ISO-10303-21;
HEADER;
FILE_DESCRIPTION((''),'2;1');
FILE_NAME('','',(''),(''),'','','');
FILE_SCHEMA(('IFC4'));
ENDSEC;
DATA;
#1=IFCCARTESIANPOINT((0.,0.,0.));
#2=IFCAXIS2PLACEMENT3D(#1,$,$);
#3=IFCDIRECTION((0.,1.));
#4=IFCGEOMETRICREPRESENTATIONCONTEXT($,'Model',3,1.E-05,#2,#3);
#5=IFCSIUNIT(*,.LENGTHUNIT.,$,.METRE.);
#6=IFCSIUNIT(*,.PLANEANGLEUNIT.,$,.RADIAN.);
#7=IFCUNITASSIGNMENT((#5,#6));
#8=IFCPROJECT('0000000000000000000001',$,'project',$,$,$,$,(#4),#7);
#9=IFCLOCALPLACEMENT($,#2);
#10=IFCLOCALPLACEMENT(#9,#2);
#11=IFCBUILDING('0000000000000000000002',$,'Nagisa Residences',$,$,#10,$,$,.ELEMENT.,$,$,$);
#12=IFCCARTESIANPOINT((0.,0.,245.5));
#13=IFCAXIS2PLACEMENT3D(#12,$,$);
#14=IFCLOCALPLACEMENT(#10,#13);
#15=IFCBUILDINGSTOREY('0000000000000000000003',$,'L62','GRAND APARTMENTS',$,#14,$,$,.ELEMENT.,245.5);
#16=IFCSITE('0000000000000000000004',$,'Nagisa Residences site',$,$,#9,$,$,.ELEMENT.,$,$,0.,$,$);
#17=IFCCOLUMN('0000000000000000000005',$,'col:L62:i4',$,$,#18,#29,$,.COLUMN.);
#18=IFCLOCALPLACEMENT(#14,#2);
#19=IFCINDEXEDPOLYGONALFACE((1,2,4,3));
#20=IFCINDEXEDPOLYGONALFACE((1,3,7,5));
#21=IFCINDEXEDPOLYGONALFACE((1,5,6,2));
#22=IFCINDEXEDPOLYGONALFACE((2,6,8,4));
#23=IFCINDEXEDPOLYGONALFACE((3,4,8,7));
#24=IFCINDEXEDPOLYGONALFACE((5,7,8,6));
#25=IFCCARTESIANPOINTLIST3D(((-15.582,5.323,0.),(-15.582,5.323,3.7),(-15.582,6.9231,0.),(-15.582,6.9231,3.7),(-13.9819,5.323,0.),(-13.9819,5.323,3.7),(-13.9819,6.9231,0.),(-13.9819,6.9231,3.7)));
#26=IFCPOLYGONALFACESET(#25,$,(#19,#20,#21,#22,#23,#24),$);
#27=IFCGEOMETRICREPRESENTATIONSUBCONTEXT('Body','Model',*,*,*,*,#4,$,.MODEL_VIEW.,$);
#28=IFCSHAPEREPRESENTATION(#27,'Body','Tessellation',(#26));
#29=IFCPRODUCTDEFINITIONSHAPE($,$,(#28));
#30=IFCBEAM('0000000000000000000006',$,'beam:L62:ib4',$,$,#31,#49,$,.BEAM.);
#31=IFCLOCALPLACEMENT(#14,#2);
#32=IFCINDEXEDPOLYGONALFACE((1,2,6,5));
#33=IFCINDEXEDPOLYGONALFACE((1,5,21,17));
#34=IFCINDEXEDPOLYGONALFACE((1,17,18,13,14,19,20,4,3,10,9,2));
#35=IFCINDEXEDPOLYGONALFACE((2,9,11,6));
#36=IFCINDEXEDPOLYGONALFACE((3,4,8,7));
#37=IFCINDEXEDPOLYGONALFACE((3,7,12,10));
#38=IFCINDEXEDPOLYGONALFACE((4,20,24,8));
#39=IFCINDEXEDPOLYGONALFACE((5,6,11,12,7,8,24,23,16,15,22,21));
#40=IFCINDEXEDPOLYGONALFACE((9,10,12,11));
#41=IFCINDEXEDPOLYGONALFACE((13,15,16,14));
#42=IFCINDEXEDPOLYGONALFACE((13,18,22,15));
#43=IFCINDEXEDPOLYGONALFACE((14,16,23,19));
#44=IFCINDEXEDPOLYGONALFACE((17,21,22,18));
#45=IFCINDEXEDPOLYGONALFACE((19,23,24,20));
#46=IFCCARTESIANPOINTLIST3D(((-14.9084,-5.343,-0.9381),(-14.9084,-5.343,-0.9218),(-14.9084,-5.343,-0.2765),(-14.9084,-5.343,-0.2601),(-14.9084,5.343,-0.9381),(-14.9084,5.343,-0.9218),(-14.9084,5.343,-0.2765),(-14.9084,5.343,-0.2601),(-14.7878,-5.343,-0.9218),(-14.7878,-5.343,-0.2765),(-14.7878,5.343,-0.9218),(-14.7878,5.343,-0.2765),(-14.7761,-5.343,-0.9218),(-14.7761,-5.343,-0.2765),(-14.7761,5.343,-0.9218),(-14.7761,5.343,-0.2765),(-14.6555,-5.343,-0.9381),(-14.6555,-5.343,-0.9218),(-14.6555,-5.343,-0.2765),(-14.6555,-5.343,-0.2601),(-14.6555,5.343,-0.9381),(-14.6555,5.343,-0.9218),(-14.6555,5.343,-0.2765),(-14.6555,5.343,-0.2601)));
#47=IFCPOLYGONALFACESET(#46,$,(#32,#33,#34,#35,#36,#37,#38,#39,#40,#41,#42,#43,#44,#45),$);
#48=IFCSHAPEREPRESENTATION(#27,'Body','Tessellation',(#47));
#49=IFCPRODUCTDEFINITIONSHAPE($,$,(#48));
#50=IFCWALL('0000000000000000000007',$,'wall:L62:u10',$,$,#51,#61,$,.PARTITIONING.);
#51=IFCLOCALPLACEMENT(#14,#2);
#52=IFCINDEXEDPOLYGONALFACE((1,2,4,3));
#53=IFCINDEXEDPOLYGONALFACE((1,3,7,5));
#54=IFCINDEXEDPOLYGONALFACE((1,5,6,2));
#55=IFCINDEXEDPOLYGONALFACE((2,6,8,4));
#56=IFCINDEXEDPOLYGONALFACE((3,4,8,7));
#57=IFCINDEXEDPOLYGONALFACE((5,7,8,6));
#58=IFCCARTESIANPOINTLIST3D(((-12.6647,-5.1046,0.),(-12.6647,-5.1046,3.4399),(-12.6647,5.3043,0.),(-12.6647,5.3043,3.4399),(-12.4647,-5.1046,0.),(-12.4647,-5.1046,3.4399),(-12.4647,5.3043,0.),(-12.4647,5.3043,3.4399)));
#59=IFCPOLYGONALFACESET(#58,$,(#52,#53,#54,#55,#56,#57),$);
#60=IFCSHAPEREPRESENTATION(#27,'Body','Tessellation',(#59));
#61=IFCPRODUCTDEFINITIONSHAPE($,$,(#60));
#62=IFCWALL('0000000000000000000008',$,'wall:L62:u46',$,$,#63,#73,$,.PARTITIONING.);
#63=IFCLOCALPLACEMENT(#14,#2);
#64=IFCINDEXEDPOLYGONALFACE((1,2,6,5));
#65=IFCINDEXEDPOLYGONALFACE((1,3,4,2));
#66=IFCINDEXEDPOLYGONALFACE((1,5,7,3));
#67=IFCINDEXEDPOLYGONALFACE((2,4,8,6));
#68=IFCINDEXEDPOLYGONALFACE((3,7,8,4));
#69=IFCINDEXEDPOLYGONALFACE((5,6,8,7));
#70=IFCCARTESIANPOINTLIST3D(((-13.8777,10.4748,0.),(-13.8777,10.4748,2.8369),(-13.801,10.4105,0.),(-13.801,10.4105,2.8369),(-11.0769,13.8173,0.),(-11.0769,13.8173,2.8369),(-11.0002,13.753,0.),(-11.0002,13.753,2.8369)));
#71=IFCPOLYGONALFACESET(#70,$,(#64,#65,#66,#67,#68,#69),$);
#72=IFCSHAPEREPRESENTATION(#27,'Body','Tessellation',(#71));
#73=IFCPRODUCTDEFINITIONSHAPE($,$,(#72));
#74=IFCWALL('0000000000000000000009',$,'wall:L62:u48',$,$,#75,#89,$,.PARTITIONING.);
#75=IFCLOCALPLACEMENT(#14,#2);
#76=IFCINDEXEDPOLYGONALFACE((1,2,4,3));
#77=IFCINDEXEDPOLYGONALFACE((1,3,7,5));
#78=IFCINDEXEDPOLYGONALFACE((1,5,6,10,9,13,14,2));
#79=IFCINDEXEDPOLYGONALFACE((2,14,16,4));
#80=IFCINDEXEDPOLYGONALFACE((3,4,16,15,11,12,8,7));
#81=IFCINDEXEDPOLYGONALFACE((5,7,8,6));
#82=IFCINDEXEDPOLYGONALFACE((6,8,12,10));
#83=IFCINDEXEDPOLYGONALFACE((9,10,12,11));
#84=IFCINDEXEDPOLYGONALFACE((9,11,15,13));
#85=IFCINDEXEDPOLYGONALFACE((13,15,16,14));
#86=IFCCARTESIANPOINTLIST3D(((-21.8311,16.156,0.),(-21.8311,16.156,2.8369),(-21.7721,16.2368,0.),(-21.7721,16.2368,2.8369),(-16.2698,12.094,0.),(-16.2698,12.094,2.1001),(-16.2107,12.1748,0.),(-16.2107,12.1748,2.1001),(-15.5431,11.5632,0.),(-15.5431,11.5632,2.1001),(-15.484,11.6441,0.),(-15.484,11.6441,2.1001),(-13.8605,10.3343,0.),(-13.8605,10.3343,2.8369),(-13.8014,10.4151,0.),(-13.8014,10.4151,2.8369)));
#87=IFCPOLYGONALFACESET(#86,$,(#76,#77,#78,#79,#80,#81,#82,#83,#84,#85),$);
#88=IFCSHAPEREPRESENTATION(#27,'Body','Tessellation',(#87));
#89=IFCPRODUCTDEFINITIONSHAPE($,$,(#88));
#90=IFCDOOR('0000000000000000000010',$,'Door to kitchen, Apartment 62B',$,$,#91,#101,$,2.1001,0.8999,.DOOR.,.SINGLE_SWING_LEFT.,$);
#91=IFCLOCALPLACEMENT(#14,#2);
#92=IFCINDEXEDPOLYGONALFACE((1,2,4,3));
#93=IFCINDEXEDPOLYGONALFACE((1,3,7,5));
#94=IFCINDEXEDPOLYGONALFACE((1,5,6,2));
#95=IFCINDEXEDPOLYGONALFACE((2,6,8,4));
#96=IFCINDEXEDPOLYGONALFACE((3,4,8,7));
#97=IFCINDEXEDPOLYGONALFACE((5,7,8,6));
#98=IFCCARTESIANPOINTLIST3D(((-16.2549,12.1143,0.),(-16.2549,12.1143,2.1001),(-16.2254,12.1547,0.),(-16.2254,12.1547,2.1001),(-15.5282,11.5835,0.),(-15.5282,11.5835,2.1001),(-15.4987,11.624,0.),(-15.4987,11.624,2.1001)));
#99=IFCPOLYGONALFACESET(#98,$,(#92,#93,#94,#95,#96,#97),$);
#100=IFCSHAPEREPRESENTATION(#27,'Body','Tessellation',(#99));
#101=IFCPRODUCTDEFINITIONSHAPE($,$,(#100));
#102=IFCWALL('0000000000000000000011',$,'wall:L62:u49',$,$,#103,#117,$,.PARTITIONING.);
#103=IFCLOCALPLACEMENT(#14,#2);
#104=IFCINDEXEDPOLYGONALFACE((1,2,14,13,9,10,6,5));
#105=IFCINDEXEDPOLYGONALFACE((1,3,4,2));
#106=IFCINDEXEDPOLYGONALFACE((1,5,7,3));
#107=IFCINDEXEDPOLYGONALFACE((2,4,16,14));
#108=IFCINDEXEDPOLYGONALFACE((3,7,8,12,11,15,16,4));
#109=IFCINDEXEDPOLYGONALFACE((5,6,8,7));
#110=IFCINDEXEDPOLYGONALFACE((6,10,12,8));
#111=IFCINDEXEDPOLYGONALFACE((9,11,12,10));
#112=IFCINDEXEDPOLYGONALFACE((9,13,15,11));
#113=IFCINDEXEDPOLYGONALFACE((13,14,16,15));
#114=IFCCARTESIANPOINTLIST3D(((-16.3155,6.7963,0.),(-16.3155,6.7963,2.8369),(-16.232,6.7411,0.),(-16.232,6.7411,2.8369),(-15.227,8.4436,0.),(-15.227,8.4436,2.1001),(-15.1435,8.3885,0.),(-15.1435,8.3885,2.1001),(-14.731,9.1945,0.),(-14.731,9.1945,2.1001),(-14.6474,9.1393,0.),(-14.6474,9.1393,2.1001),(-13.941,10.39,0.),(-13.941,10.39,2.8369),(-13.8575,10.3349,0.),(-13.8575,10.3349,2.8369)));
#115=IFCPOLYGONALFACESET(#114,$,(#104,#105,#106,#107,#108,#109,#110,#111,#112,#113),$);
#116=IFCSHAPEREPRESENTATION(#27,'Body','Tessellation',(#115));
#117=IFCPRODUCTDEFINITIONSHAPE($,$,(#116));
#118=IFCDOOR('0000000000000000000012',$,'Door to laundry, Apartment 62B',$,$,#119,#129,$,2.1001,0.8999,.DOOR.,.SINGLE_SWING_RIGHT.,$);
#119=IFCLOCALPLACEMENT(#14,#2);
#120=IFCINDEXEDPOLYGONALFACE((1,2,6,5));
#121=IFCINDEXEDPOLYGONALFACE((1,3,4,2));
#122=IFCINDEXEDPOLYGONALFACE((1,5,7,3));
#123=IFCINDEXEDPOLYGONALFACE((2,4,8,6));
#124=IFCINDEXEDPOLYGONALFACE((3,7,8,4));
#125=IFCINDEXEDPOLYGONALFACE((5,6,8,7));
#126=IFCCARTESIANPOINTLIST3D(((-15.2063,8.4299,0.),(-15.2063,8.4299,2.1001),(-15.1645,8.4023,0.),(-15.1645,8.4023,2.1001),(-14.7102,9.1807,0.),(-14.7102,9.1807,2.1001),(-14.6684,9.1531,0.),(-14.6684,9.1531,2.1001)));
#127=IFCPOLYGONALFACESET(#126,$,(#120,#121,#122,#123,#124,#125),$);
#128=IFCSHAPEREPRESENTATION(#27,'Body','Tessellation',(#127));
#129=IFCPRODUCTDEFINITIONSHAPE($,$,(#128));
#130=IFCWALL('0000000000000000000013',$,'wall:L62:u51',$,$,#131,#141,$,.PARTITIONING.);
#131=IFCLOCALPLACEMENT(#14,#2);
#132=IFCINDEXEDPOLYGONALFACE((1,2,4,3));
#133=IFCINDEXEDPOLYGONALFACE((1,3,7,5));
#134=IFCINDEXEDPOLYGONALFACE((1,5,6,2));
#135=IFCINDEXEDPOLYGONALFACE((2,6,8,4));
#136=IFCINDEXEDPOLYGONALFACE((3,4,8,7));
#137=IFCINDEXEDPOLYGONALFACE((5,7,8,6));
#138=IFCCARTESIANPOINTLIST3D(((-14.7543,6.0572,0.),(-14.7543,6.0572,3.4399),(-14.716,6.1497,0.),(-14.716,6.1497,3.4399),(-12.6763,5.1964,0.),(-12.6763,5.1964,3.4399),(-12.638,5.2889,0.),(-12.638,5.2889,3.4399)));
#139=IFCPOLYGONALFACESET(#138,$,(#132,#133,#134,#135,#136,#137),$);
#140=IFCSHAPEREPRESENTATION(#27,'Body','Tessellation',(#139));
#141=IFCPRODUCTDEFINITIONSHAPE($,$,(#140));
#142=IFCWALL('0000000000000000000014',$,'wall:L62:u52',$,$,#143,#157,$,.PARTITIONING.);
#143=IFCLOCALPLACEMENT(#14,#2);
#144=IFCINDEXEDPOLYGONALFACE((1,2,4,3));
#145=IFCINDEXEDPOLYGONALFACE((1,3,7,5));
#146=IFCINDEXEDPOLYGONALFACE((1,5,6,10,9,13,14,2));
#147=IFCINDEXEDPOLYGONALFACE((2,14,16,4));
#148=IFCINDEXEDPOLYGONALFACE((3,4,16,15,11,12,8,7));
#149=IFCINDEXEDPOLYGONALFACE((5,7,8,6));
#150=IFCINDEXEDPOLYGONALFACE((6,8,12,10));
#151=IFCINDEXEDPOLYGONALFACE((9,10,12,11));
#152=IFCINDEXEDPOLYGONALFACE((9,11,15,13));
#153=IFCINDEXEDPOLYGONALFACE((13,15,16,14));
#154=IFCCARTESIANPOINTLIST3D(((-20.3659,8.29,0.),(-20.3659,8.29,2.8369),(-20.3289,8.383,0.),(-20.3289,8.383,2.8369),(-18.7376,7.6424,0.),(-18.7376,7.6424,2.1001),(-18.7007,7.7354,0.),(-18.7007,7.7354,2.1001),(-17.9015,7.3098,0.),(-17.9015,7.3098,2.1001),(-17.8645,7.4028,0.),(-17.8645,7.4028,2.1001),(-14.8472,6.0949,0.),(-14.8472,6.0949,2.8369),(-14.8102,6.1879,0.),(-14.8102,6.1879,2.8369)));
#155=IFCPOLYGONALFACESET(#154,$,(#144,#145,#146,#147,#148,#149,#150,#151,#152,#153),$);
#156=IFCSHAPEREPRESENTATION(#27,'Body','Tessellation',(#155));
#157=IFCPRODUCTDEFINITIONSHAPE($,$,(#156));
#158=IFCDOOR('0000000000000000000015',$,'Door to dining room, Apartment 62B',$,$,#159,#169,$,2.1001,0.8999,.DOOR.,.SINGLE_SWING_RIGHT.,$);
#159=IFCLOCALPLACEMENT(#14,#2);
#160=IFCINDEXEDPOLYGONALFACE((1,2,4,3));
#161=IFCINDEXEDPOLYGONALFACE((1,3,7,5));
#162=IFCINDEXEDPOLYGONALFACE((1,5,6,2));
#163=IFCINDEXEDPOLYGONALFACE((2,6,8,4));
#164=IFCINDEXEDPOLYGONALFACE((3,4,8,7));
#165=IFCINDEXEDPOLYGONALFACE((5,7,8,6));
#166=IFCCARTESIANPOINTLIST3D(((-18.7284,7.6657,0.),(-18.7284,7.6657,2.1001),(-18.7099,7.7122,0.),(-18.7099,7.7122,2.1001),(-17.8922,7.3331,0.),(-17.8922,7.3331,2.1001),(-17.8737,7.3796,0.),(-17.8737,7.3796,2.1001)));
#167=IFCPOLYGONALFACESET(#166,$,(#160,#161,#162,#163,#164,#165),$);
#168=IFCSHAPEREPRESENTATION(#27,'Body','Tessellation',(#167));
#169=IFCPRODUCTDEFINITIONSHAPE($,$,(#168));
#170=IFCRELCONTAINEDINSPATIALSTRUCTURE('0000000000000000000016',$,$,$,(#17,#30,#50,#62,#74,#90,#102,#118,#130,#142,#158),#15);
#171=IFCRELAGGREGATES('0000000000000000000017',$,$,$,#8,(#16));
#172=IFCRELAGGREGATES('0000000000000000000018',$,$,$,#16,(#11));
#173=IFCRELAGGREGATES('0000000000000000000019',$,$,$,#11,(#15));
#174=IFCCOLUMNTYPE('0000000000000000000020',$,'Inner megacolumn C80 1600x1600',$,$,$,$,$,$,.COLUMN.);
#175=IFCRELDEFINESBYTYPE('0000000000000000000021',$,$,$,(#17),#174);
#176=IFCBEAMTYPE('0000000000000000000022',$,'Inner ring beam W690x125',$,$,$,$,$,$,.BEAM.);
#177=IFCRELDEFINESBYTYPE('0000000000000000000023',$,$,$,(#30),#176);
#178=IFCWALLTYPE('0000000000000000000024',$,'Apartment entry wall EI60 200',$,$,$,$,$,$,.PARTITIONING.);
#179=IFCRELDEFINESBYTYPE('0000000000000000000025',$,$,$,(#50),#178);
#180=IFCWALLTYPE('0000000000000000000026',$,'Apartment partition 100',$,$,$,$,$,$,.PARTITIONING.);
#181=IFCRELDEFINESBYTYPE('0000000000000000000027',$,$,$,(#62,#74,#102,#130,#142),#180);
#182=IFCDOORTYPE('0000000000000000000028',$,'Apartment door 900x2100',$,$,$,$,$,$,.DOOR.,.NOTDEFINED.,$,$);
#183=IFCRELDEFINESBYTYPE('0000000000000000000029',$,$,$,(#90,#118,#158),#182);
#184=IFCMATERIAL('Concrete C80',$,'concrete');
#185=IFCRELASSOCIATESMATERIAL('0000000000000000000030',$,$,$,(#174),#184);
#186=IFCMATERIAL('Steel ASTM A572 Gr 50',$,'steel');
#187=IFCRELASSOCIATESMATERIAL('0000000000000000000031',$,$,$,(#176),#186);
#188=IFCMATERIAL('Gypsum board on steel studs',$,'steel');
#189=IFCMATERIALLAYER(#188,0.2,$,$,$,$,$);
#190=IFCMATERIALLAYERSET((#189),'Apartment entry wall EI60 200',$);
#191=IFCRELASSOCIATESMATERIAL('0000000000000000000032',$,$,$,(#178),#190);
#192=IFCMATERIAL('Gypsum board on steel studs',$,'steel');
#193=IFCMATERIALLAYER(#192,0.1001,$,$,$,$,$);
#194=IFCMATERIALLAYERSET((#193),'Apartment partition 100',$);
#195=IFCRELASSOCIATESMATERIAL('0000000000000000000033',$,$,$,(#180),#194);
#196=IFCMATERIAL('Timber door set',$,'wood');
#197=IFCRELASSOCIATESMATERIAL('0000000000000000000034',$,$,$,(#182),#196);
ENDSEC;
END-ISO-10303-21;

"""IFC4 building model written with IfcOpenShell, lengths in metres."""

from ifc_helpers import new_model, si_unit, direction, frame, frame_2d, origin, origin_2d, place, context, subcontext, project, spatial, rectangle, i_section, extrude, material, layer, layer_set, material_profile, profile_set, type_object, element, fill, save


model = new_model("IFC4")

# Units and contexts
model_context = context("Model", 3, precision=1e-05, world=origin(), true_north=direction((0.0, 1.0)))
body_context = subcontext(model_context, "Body", "Model", "MODEL_VIEW")
ifc_project = project(units=[si_unit("LENGTHUNIT", "METRE"), si_unit("PLANEANGLEUNIT", "RADIAN")], contexts=[model_context])

# Site, building, storey
site_placement = place(None, origin())
site = spatial("IfcSite", under=ifc_project, at=site_placement, Name="Nagisa Residences site", CompositionType="ELEMENT", RefElevation=0.0)
building_placement = place(site_placement, origin())
building = spatial("IfcBuilding", under=site, at=building_placement, Name="Nagisa Residences", CompositionType="ELEMENT")
storey_placement = place(building_placement, frame((0.0, 0.0, 245.5)))
storey = spatial("IfcBuildingStorey", under=building, at=storey_placement, Name="L62", Description="GRAND APARTMENTS", CompositionType="ELEMENT", Elevation=245.5)

# Column
ifc_material_1 = material(Name="Concrete C80", Category="concrete")
ifc_material_profile_1 = material_profile(ifc_material_1, rectangle(XDim=1.6001, YDim=1.6001, at=origin_2d()), Name="C80 1600x1600")
ifc_profile_set_1 = profile_set([ifc_material_profile_1], Name="Concrete C80")
column_type = type_object("IfcColumnType", Name="Inner megacolumn C80 1600x1600", PredefinedType="COLUMN", material=ifc_profile_set_1)
column_placement = place(storey_placement, frame((-14.782, 6.123, 0.0), z_axis=(0.0, 0.0, 1.0), x_axis=(1.0, 0.0, 0.0)))
element("IfcColumn", 1, at=column_placement, inside=storey, type_object=column_type, Name="col:L62:i4", PredefinedType="COLUMN", context=body_context, shape_type="SweptSolid", body=[
    extrude(rectangle(XDim=1.6001, YDim=1.6001, at=origin_2d()), origin(), (0.0, 0.0, 1.0), 3.7),
])

# Beam
ifc_material_2 = material(Name="Steel ASTM A572 Gr 50", Category="steel")
ifc_material_profile_2 = material_profile(ifc_material_2, i_section(OverallWidth=0.2529, OverallDepth=0.678, WebThickness=0.0117, FlangeThickness=0.0164, at=origin_2d()), Name="W690x125")
ifc_profile_set_2 = profile_set([ifc_material_profile_2], Name="Steel ASTM A572 Gr 50")
beam_type = type_object("IfcBeamType", Name="Inner ring beam W690x125", PredefinedType="BEAM", material=ifc_profile_set_2)
beam_placement = place(storey_placement, frame((-14.782, 5.343, -0.5991), z_axis=(0.0, -1.0, 0.0), x_axis=(1.0, 0.0, 0.0)))
element("IfcBeam", 2, at=beam_placement, inside=storey, type_object=beam_type, Name="beam:L62:ib4", PredefinedType="BEAM", context=body_context, shape_type="SweptSolid", body=[
    extrude(i_section(OverallWidth=0.2529, OverallDepth=0.678, WebThickness=0.0117, FlangeThickness=0.0164, at=origin_2d()), origin(), (0.0, 0.0, 1.0), 10.686),
])

# Walls
ifc_material_3 = material(Name="Gypsum board on steel studs", Category="steel")
ifc_layer_1 = layer(ifc_material_3, 0.2)
ifc_layer_set_1 = layer_set([ifc_layer_1], Name="Apartment entry wall EI60 200")
wall_type_1 = type_object("IfcWallType", Name="Apartment entry wall EI60 200", PredefinedType="PARTITIONING", material=ifc_layer_set_1)
wall_1_placement = place(storey_placement, frame((-12.5647, 5.3044, 0.0), z_axis=(0.0, 0.0, 1.0), x_axis=(0.0, -1.0, 0.0)))
element("IfcWall", 3, at=wall_1_placement, inside=storey, type_object=wall_type_1, Name="wall:L62:u10", PredefinedType="PARTITIONING", context=body_context, shape_type="SweptSolid", body=[
    extrude(rectangle(XDim=10.4089, YDim=0.2, at=frame_2d((5.2046, 0.0))), origin(), (0.0, 0.0, 1.0), 3.4399),
])
ifc_material_4 = material(Name="Gypsum board on steel studs", Category="steel")
ifc_layer_2 = layer(ifc_material_4, 0.1001)
ifc_layer_set_2 = layer_set([ifc_layer_2], Name="Apartment partition 100")
wall_type_2 = type_object("IfcWallType", Name="Apartment partition 100", PredefinedType="PARTITIONING", material=ifc_layer_set_2)
wall_2_placement = place(storey_placement, frame((-11.0386, 13.7852, 0.0), z_axis=(0.0, 0.0, 1.0), x_axis=(-0.642258, -0.766488, 0.0)))
element("IfcWall", 4, at=wall_2_placement, inside=storey, type_object=wall_type_2, Name="wall:L62:u46", PredefinedType="PARTITIONING", context=body_context, shape_type="SweptSolid", body=[
    extrude(rectangle(XDim=4.3608, YDim=0.1001, at=frame_2d((2.1804, 0.0))), origin(), (0.0, 0.0, 1.0), 2.8369),
])

# Walls, openings, doors
wall_3_placement = place(storey_placement, frame((-13.8311, 10.3748, 0.0), z_axis=(0.0, 0.0, 1.0), x_axis=(-0.807534, 0.589821, 0.0)))
wall_3 = element("IfcWall", 5, at=wall_3_placement, inside=storey, type_object=wall_type_2, Name="wall:L62:u48", PredefinedType="PARTITIONING", context=body_context, shape_type="SweptSolid", body=[
    extrude(rectangle(XDim=9.8704, YDim=0.1001, at=frame_2d((4.9351, 0.0))), origin(), (0.0, 0.0, 1.0), 2.8369),
])
opening_1_placement = place(wall_3_placement, frame((2.0835, 0.0, 0.0)))
opening_1 = element("IfcOpeningElement", 6, at=opening_1_placement, cuts=wall_3, PredefinedType="OPENING", context=body_context, shape_type="SweptSolid", body=[
    extrude(rectangle(XDim=0.8999, YDim=2.1001, at=frame_2d((0.45, 1.05))), frame((0.0, 0.0601, 0.0), z_axis=(0.0, -1.0, 0.0), x_axis=(1.0, 0.0, 0.0)), (0.0, 0.0, 1.0), 0.1201),
])
ifc_material_5 = material(Name="Timber door set", Category="wood")
door_type_1 = type_object("IfcDoorType", Name="Apartment door 900x2100", OperationType="NOTDEFINED", PredefinedType="DOOR", material=ifc_material_5)
door_1_placement = place(opening_1_placement, origin())
door_1 = element("IfcDoor", 7, at=door_1_placement, inside=storey, type_object=door_type_1, Name="Door to kitchen, Apartment 62B", OperationType="SINGLE_SWING_LEFT", OverallHeight=2.1001, OverallWidth=0.8999, PredefinedType="DOOR", context=body_context, shape_type="SweptSolid", body=[
    extrude(rectangle(XDim=0.8999, YDim=2.1001, at=frame_2d((0.45, 1.05))), frame((0.0, 0.0249, 0.0), z_axis=(0.0, -1.0, 0.0), x_axis=(1.0, 0.0, 0.0)), (0.0, 0.0, 1.0), 0.05),
])
fill(opening_1, door_1)
wall_4_placement = place(storey_placement, frame((-13.8992, 10.3625, 0.0), z_axis=(0.0, 0.0, 1.0), x_axis=(-0.551269, -0.834328, 0.0)))
wall_4 = element("IfcWall", 8, at=wall_4_placement, inside=storey, type_object=wall_type_2, Name="wall:L62:u49", PredefinedType="PARTITIONING", context=body_context, shape_type="SweptSolid", body=[
    extrude(rectangle(XDim=4.3074, YDim=0.1001, at=frame_2d((2.1538, 0.0))), origin(), (0.0, 0.0, 1.0), 2.8369),
])
opening_2_placement = place(wall_4_placement, frame((1.4331, 0.0, 0.0)))
opening_2 = element("IfcOpeningElement", 9, at=opening_2_placement, cuts=wall_4, PredefinedType="OPENING", context=body_context, shape_type="SweptSolid", body=[
    extrude(rectangle(XDim=0.8999, YDim=2.1001, at=frame_2d((0.45, 1.05))), frame((0.0, 0.0601, 0.0), z_axis=(0.0, -1.0, 0.0), x_axis=(1.0, 0.0, 0.0)), (0.0, 0.0, 1.0), 0.1201),
])
door_2_placement = place(opening_2_placement, origin())
door_2 = element("IfcDoor", 10, at=door_2_placement, inside=storey, type_object=door_type_1, Name="Door to laundry, Apartment 62B", OperationType="SINGLE_SWING_RIGHT", OverallHeight=2.1001, OverallWidth=0.8999, PredefinedType="DOOR", context=body_context, shape_type="SweptSolid", body=[
    extrude(rectangle(XDim=0.8999, YDim=2.1001, at=frame_2d((0.45, 1.05))), frame((0.0, 0.0249, 0.0), z_axis=(0.0, -1.0, 0.0), x_axis=(1.0, 0.0, 0.0)), (0.0, 0.0, 1.0), 0.05),
])
fill(opening_2, door_2)

# Wall
wall_5_placement = place(storey_placement, frame((-12.6572, 5.2427, 0.0), z_axis=(0.0, 0.0, 1.0), x_axis=(-0.923871, 0.382703, 0.0)))
element("IfcWall", 11, at=wall_5_placement, inside=storey, type_object=wall_type_2, Name="wall:L62:u51", PredefinedType="PARTITIONING", context=body_context, shape_type="SweptSolid", body=[
    extrude(rectangle(XDim=2.2493, YDim=0.1001, at=frame_2d((1.1245, 0.0))), origin(), (0.0, 0.0, 1.0), 3.4399),
])

# Wall, opening, door
wall_6_placement = place(storey_placement, frame((-14.8286, 6.1414, 0.0), z_axis=(0.0, 0.0, 1.0), x_axis=(-0.929192, 0.369597, 0.0)))
wall_6 = element("IfcWall", 12, at=wall_6_placement, inside=storey, type_object=wall_type_2, Name="wall:L62:u52", PredefinedType="PARTITIONING", context=body_context, shape_type="SweptSolid", body=[
    extrude(rectangle(XDim=5.9392, YDim=0.1001, at=frame_2d((2.9697, 0.0))), origin(), (0.0, 0.0, 1.0), 2.8369),
])
opening_3_placement = place(wall_6_placement, frame((3.2871, 0.0, 0.0)))
opening_3 = element("IfcOpeningElement", 13, at=opening_3_placement, cuts=wall_6, PredefinedType="OPENING", context=body_context, shape_type="SweptSolid", body=[
    extrude(rectangle(XDim=0.8999, YDim=2.1001, at=frame_2d((0.45, 1.05))), frame((0.0, 0.0601, 0.0), z_axis=(0.0, -1.0, 0.0), x_axis=(1.0, 0.0, 0.0)), (0.0, 0.0, 1.0), 0.1201),
])
door_3_placement = place(opening_3_placement, origin())
door_3 = element("IfcDoor", 14, at=door_3_placement, inside=storey, type_object=door_type_1, Name="Door to dining room, Apartment 62B", OperationType="SINGLE_SWING_RIGHT", OverallHeight=2.1001, OverallWidth=0.8999, PredefinedType="DOOR", context=body_context, shape_type="SweptSolid", body=[
    extrude(rectangle(XDim=0.8999, YDim=2.1001, at=frame_2d((0.45, 1.05))), frame((0.0, 0.0249, 0.0), z_axis=(0.0, -1.0, 0.0), x_axis=(1.0, 0.0, 0.0)), (0.0, 0.0, 1.0), 0.05),
])
fill(opening_3, door_3)

save(model, "model.ifc")
